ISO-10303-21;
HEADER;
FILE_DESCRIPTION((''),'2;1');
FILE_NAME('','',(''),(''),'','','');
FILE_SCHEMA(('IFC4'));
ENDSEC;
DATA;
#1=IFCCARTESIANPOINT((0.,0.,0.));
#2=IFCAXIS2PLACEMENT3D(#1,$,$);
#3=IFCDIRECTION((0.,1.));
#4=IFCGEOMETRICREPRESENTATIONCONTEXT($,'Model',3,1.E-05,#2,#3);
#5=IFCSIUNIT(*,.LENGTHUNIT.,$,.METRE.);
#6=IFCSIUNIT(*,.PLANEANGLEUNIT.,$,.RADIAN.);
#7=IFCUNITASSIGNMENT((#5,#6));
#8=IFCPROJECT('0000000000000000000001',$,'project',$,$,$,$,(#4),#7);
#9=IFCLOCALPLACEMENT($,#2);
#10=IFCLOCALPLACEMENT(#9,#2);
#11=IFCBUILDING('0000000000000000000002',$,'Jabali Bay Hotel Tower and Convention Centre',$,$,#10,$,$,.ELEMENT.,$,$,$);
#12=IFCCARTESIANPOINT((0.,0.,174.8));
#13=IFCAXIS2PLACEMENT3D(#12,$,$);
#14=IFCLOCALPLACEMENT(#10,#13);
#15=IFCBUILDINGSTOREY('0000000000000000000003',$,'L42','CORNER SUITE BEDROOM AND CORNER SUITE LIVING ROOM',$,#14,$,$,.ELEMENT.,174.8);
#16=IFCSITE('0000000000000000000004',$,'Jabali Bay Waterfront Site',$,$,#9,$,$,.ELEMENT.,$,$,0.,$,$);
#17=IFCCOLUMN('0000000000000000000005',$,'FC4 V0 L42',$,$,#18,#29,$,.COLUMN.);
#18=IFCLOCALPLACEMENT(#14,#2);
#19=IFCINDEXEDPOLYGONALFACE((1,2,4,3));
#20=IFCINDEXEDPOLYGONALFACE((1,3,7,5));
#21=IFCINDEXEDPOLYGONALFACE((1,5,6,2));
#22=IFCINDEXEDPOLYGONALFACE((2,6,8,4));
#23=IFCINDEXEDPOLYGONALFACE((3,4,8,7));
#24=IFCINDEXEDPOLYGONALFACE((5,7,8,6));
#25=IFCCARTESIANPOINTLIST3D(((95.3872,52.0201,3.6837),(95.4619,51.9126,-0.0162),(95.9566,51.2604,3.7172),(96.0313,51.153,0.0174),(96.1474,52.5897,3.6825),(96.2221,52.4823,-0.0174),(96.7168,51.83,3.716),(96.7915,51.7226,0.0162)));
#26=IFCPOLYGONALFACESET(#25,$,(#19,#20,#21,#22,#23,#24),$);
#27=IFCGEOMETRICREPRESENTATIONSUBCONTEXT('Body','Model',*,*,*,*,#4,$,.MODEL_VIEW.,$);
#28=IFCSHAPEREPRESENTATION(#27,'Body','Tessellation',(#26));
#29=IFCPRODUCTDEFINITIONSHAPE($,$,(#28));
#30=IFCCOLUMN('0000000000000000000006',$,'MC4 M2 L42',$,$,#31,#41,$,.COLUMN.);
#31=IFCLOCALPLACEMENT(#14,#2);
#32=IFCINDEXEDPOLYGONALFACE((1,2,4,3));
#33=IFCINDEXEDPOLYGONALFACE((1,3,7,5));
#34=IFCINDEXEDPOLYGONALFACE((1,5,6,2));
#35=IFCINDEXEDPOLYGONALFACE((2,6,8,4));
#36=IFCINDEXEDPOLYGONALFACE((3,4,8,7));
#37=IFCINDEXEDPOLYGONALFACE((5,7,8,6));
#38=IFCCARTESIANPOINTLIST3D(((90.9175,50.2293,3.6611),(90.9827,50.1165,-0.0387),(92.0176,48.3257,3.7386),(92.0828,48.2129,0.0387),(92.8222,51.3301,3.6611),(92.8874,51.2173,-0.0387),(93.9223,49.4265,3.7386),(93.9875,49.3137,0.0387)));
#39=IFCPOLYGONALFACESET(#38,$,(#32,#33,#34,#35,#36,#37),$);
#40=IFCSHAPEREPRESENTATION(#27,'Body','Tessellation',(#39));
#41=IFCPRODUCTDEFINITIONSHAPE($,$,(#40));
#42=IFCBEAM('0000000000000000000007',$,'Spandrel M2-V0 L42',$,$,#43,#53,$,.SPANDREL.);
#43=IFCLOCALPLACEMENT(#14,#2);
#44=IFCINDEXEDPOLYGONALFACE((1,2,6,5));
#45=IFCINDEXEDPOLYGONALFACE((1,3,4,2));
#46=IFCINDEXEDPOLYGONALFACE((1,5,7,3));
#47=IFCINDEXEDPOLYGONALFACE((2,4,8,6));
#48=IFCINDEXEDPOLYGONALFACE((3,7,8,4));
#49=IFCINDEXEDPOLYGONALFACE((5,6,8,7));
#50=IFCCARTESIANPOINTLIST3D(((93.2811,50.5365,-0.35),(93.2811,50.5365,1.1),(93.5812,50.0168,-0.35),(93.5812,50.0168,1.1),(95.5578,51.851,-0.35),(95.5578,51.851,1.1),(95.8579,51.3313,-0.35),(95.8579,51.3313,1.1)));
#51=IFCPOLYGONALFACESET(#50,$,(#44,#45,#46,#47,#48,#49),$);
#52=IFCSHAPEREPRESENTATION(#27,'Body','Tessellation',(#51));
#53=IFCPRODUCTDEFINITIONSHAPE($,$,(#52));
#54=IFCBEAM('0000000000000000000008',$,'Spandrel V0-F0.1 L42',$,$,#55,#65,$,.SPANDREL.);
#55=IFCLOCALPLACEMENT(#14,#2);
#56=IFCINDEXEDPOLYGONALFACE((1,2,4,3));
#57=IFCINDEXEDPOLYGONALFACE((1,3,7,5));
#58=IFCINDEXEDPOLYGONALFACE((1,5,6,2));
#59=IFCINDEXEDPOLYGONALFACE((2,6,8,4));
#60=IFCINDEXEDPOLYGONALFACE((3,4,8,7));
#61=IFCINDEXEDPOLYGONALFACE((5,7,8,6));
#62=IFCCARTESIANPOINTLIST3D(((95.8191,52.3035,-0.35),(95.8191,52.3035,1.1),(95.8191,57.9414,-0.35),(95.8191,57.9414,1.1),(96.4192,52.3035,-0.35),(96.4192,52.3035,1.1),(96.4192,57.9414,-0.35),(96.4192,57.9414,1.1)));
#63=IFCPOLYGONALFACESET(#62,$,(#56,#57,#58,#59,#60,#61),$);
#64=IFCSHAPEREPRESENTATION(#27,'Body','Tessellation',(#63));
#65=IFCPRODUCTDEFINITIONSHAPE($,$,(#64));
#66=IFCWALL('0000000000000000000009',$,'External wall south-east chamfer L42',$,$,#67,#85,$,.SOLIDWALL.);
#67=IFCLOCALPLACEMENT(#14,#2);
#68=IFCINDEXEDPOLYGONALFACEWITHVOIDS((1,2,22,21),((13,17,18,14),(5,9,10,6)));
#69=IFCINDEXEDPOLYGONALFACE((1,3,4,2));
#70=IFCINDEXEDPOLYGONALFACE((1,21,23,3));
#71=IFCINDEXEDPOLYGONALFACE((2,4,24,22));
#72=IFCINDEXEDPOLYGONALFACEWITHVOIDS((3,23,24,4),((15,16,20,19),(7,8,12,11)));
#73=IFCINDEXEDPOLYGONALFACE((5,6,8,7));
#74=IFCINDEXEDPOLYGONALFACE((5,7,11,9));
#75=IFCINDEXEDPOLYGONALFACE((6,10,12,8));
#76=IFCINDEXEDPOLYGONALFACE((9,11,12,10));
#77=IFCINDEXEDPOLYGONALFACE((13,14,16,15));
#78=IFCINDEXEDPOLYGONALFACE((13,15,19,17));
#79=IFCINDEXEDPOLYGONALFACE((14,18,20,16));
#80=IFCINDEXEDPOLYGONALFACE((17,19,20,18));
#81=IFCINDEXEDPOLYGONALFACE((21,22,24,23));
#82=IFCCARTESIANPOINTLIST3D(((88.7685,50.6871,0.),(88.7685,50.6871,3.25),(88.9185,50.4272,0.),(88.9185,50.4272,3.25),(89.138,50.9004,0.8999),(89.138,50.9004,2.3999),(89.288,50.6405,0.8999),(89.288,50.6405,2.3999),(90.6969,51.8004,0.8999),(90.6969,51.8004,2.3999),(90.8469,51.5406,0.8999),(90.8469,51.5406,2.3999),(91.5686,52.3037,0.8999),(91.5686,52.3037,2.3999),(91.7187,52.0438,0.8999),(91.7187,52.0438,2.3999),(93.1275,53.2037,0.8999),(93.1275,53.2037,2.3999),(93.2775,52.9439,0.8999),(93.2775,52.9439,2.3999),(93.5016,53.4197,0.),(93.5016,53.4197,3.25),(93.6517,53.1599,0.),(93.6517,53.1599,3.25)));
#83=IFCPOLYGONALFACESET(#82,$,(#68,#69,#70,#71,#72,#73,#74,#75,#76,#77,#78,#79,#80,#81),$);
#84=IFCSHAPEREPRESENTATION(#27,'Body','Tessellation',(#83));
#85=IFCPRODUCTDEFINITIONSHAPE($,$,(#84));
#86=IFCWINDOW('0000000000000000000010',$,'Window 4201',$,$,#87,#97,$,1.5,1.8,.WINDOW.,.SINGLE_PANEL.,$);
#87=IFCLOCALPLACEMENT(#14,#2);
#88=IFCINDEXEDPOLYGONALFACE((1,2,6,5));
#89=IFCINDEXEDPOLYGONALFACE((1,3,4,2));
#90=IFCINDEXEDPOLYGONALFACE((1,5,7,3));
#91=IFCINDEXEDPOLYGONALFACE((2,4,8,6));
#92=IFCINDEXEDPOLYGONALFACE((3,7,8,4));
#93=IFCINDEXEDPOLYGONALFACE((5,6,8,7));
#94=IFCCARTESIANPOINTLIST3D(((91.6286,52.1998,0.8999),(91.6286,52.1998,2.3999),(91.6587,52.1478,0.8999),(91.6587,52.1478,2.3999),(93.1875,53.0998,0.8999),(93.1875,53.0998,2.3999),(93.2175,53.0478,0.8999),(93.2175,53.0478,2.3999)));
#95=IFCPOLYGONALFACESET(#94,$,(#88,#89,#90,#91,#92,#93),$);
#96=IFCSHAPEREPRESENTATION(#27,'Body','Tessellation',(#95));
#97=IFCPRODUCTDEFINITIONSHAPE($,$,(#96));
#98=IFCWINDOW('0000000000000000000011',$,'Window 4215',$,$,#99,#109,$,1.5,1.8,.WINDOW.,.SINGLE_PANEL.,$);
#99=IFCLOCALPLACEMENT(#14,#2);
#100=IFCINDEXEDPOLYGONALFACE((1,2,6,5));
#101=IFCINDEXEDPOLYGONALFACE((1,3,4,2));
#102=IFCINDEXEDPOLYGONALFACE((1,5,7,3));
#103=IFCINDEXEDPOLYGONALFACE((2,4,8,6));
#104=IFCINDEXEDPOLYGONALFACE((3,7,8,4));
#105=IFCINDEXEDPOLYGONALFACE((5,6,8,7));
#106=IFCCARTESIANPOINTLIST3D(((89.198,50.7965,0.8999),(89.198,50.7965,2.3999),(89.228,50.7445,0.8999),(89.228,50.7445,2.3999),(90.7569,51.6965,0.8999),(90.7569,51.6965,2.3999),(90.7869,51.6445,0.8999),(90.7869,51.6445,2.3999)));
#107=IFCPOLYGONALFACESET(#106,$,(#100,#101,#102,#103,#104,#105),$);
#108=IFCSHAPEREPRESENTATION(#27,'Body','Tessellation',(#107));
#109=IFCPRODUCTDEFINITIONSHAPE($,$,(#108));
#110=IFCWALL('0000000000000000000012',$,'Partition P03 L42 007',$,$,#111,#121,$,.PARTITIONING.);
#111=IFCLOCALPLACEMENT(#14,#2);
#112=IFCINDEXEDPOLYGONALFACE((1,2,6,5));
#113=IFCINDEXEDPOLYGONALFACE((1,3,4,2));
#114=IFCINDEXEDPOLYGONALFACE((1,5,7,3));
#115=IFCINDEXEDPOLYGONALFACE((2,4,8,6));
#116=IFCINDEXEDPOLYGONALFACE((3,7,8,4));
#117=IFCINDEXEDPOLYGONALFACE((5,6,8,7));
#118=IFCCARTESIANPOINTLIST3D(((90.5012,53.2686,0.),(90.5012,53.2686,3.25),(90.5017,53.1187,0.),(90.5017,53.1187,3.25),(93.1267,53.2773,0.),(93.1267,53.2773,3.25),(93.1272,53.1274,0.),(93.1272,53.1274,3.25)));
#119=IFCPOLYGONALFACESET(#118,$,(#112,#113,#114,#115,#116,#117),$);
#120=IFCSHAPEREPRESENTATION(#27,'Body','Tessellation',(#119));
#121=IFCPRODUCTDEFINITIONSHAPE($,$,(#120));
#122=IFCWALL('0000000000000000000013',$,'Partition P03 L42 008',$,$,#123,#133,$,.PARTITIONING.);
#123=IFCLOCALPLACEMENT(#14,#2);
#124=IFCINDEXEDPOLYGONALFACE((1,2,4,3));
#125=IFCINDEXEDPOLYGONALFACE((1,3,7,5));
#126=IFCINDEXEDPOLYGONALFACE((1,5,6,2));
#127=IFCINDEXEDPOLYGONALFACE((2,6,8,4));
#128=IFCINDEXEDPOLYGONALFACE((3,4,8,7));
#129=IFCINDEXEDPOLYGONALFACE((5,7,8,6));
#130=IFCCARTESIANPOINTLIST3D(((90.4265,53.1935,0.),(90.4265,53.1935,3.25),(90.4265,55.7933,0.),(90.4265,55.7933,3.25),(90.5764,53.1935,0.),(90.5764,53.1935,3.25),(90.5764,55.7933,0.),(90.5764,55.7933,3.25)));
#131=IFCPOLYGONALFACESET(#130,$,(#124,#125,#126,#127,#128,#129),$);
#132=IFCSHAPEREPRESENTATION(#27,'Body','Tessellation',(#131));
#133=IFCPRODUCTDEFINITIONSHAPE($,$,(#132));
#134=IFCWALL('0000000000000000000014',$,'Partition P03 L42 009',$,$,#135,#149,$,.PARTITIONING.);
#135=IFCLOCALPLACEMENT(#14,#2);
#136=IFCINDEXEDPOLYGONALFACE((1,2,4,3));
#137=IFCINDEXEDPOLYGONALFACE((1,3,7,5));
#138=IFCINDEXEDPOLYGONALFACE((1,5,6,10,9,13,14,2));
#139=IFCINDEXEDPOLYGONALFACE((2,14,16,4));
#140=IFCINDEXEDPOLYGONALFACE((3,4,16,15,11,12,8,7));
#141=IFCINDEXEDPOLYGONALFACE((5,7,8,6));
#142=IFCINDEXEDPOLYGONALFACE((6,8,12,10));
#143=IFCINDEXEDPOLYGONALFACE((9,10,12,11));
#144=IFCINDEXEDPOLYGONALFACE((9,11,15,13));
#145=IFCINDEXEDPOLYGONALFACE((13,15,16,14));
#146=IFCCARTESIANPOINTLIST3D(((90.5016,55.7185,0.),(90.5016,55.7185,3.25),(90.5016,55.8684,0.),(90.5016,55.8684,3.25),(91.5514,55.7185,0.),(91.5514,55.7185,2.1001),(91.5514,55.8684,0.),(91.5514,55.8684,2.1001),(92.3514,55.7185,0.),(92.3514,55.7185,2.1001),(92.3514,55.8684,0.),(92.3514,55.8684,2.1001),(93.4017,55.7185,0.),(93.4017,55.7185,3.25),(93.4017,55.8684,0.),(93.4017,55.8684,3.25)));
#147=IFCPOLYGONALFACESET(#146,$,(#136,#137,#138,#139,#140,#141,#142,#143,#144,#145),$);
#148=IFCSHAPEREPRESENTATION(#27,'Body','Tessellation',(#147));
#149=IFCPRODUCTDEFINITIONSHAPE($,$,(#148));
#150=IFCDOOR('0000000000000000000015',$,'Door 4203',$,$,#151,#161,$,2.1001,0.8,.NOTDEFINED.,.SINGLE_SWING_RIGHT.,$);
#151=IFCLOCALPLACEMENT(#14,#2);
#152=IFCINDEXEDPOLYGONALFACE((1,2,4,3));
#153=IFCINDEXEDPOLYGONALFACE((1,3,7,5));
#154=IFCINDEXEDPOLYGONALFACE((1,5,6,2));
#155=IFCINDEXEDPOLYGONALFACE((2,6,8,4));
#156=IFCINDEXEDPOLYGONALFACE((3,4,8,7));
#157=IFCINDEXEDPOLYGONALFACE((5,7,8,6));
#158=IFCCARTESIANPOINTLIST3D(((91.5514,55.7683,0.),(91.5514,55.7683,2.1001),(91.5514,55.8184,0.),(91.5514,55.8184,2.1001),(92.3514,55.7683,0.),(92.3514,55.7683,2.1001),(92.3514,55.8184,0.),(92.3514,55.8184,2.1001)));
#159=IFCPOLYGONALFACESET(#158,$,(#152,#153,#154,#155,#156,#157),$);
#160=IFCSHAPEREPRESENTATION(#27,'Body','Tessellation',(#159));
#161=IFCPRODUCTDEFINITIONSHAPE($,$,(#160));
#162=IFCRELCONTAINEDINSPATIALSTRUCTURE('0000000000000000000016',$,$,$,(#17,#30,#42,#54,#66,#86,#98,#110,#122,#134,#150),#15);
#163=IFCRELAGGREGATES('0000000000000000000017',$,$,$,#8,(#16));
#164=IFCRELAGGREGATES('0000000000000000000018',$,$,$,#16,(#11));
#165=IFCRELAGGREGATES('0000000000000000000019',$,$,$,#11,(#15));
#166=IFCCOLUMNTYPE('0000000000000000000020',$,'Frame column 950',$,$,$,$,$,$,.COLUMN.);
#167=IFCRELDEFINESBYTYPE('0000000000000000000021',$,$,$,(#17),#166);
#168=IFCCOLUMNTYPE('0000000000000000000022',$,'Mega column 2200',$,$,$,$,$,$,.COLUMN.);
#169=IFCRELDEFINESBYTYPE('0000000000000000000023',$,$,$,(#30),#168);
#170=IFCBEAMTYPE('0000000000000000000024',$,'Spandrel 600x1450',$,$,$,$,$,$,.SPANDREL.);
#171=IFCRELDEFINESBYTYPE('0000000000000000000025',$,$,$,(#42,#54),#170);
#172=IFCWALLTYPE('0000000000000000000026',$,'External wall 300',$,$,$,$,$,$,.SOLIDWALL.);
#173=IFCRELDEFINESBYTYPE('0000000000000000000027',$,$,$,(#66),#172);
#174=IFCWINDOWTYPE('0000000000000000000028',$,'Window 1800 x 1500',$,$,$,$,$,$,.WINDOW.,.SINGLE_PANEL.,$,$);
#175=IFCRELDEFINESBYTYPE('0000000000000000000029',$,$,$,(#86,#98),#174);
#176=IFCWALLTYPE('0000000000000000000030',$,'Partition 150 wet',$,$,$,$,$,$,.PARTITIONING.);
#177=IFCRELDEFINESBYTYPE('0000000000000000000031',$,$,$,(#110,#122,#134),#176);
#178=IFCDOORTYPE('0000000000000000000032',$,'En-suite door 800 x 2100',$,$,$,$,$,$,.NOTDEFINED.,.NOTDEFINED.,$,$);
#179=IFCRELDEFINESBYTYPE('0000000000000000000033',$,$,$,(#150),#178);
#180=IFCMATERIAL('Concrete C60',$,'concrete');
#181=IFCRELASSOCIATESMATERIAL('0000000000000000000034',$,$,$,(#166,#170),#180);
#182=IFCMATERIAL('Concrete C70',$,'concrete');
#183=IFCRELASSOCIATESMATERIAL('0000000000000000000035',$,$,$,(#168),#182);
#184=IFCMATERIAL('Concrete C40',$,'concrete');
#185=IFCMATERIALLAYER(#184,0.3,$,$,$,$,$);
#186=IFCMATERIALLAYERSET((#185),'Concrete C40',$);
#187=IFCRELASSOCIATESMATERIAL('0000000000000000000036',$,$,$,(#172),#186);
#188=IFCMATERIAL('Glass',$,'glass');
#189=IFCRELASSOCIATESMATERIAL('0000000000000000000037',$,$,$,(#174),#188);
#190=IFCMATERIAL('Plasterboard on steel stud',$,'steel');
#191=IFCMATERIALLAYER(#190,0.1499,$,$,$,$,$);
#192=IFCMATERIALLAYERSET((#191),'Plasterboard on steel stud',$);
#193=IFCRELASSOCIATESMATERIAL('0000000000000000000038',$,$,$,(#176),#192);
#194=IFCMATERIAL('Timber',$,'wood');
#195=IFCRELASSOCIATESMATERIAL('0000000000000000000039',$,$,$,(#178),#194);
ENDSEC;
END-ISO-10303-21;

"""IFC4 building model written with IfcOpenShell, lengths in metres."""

from ifc_helpers import new_model, si_unit, direction, frame, frame_2d, origin, origin_2d, place, context, subcontext, project, spatial, rectangle, extrude, material, layer, layer_set, material_profile, profile_set, type_object, element, fill, save


model = new_model("IFC4")

# Units and contexts
model_context = context("Model", 3, precision=1e-05, world=origin(), true_north=direction((0.0, 1.0)))
body_context = subcontext(model_context, "Body", "Model", "MODEL_VIEW")
ifc_project = project(units=[si_unit("LENGTHUNIT", "METRE"), si_unit("PLANEANGLEUNIT", "RADIAN")], contexts=[model_context])

# Site, building, storey
site_placement = place(None, origin())
site = spatial("IfcSite", under=ifc_project, at=site_placement, Name="Jabali Bay Waterfront Site", CompositionType="ELEMENT", RefElevation=0.0)
building_placement = place(site_placement, origin())
building = spatial("IfcBuilding", under=site, at=building_placement, Name="Jabali Bay Hotel Tower and Convention Centre", CompositionType="ELEMENT")
storey_placement = place(building_placement, frame((0.0, 0.0, 174.8)))
storey = spatial("IfcBuildingStorey", under=building, at=storey_placement, Name="L42", Description="CORNER SUITE BEDROOM AND CORNER SUITE LIVING ROOM", CompositionType="ELEMENT", Elevation=174.8)

# Columns
ifc_material_1 = material(Name="Concrete C60", Category="concrete")
ifc_material_profile_1 = material_profile(ifc_material_1, rectangle(XDim=0.95, YDim=0.95, at=origin_2d()), Name="Frame column 950")
ifc_profile_set_1 = profile_set([ifc_material_profile_1], Name="Concrete C60")
column_type_1 = type_object("IfcColumnType", Name="Frame column 950", PredefinedType="COLUMN", material=ifc_profile_set_1)
column_1_placement = place(storey_placement, frame((96.1267, 51.8176, 0.0), z_axis=(-0.020179, 0.029015, 0.999375), x_axis=(-0.800247, -0.59967, 0.001252)))
element("IfcColumn", 1, at=column_1_placement, inside=storey, type_object=column_type_1, Name="FC4 V0 L42", PredefinedType="COLUMN", context=body_context, shape_type="SweptSolid", body=[
    extrude(rectangle(XDim=0.95, YDim=0.95, at=origin_2d()), origin(), (0.0, 0.0, 1.0), 3.7021),
])
ifc_material_2 = material(Name="Concrete C70", Category="concrete")
ifc_material_profile_2 = material_profile(ifc_material_2, rectangle(XDim=2.2, YDim=2.2, at=origin_2d()), Name="Mega column 2200")
ifc_profile_set_2 = profile_set([ifc_material_profile_2], Name="Concrete C70")
column_type_2 = type_object("IfcColumnType", Name="Mega column 2200", PredefinedType="COLUMN", material=ifc_profile_set_2)
column_2_placement = place(storey_placement, frame((92.4851, 49.7151, 0.0), z_axis=(-0.017607, 0.030466, 0.999381), x_axis=(0.500061, -0.865275, 0.035188)))
element("IfcColumn", 2, at=column_2_placement, inside=storey, type_object=column_type_2, Name="MC4 M2 L42", PredefinedType="COLUMN", context=body_context, shape_type="SweptSolid", body=[
    extrude(rectangle(XDim=2.2, YDim=2.2, at=origin_2d()), origin(), (0.0, 0.0, 1.0), 3.7021),
])

# Beams
ifc_material_profile_3 = material_profile(ifc_material_1, rectangle(XDim=0.6001, YDim=1.45, at=origin_2d()), Name="Spandrel 600x1450")
ifc_profile_set_3 = profile_set([ifc_material_profile_3], Name="Concrete C60")
beam_type = type_object("IfcBeamType", Name="Spandrel 600x1450", PredefinedType="SPANDREL", material=ifc_profile_set_3)
beam_1_placement = place(storey_placement, frame((93.4312, 50.2766, 0.375), z_axis=(0.866017, 0.500015, 0.0), x_axis=(-0.500015, 0.866017, 0.0)))
element("IfcBeam", 3, at=beam_1_placement, inside=storey, type_object=beam_type, Name="Spandrel M2-V0 L42", PredefinedType="SPANDREL", context=body_context, shape_type="SweptSolid", body=[
    extrude(rectangle(XDim=0.6001, YDim=1.45, at=origin_2d()), origin(), (0.0, 0.0, 1.0), 2.6289),
])
beam_2_placement = place(storey_placement, frame((96.1191, 52.3035, 0.375), z_axis=(0.0, 1.0, 0.0), x_axis=(-1.0, 0.0, 0.0)))
element("IfcBeam", 4, at=beam_2_placement, inside=storey, type_object=beam_type, Name="Spandrel V0-F0.1 L42", PredefinedType="SPANDREL", context=body_context, shape_type="SweptSolid", body=[
    extrude(rectangle(XDim=0.6001, YDim=1.45, at=origin_2d()), origin(), (0.0, 0.0, 1.0), 5.6379),
])

# Wall, openings, windows
ifc_material_3 = material(Name="Concrete C40", Category="concrete")
ifc_layer_1 = layer(ifc_material_3, 0.3)
ifc_layer_set_1 = layer_set([ifc_layer_1], Name="Concrete C40")
wall_type_1 = type_object("IfcWallType", Name="External wall 300", PredefinedType="SOLIDWALL", material=ifc_layer_set_1)
wall_1_placement = place(storey_placement, frame((93.5767, 53.2898, 0.0), z_axis=(0.0, 0.0, 1.0), x_axis=(-0.866027, -0.499997, 0.0)))
wall_1 = element("IfcWall", 5, at=wall_1_placement, inside=storey, type_object=wall_type_1, Name="External wall south-east chamfer L42", PredefinedType="SOLIDWALL", context=body_context, shape_type="SweptSolid", body=[
    extrude(rectangle(XDim=5.4653, YDim=0.3, at=frame_2d((2.7327, 0.0))), origin(), (0.0, 0.0, 1.0), 3.25),
])
opening_1_placement = place(wall_1_placement, frame((0.4321, 0.0, 0.8999)))
opening_1 = element("IfcOpeningElement", 6, at=opening_1_placement, cuts=wall_1, PredefinedType="OPENING", context=body_context, shape_type="SweptSolid", body=[
    extrude(rectangle(XDim=1.8, YDim=1.5, at=frame_2d((0.8999, 0.75))), frame((0.0, 0.1606, 0.0), z_axis=(0.0, -1.0, 0.0), x_axis=(1.0, 0.0, 0.0)), (0.0, 0.0, 1.0), 0.321),
])
opening_2_placement = place(wall_1_placement, frame((3.2388, 0.0, 0.8999)))
opening_2 = element("IfcOpeningElement", 7, at=opening_2_placement, cuts=wall_1, PredefinedType="OPENING", context=body_context, shape_type="SweptSolid", body=[
    extrude(rectangle(XDim=1.8, YDim=1.5, at=frame_2d((0.8999, 0.75))), frame((0.0, 0.1606, 0.0), z_axis=(0.0, -1.0, 0.0), x_axis=(1.0, 0.0, 0.0)), (0.0, 0.0, 1.0), 0.321),
])
ifc_material_4 = material(Name="Glass", Category="glass")
window_type = type_object("IfcWindowType", Name="Window 1800 x 1500", PartitioningType="SINGLE_PANEL", PredefinedType="WINDOW", material=ifc_material_4)
window_1_placement = place(opening_1_placement, origin())
window_1 = element("IfcWindow", 8, at=window_1_placement, inside=storey, type_object=window_type, Name="Window 4201", OverallHeight=1.5, OverallWidth=1.8, PartitioningType="SINGLE_PANEL", PredefinedType="WINDOW", context=body_context, shape_type="SweptSolid", body=[
    extrude(rectangle(XDim=1.8, YDim=1.5, at=frame_2d((0.8999, 0.75))), frame((0.0, 0.03, 0.0), z_axis=(0.0, -1.0, 0.0), x_axis=(1.0, 0.0, 0.0)), (0.0, 0.0, 1.0), 0.0601),
])
fill(opening_1, window_1)
window_2_placement = place(opening_2_placement, origin())
window_2 = element("IfcWindow", 9, at=window_2_placement, inside=storey, type_object=window_type, Name="Window 4215", OverallHeight=1.5, OverallWidth=1.8, PartitioningType="SINGLE_PANEL", PredefinedType="WINDOW", context=body_context, shape_type="SweptSolid", body=[
    extrude(rectangle(XDim=1.8, YDim=1.5, at=frame_2d((0.8999, 0.75))), frame((0.0, 0.03, 0.0), z_axis=(0.0, -1.0, 0.0), x_axis=(1.0, 0.0, 0.0)), (0.0, 0.0, 1.0), 0.0601),
])
fill(opening_2, window_2)

# Walls
ifc_material_5 = material(Name="Plasterboard on steel stud", Category="steel")
ifc_layer_2 = layer(ifc_material_5, 0.1499)
ifc_layer_set_2 = layer_set([ifc_layer_2], Name="Plasterboard on steel stud")
wall_type_2 = type_object("IfcWallType", Name="Partition 150 wet", PredefinedType="PARTITIONING", material=ifc_layer_set_2)
wall_2_placement = place(storey_placement, frame((93.127, 53.2024, 0.0), z_axis=(0.0, 0.0, 1.0), x_axis=(-0.999994, -0.003348, 0.0)))
element("IfcWall", 10, at=wall_2_placement, inside=storey, type_object=wall_type_2, Name="Partition P03 L42 007", PredefinedType="PARTITIONING", context=body_context, shape_type="SweptSolid", body=[
    extrude(rectangle(XDim=2.6255, YDim=0.1499, at=frame_2d((1.3127, 0.0))), origin(), (0.0, 0.0, 1.0), 3.25),
])
wall_3_placement = place(storey_placement, frame((90.5015, 53.1936, 0.0), z_axis=(0.0, 0.0, 1.0), x_axis=(0.0, 1.0, 0.0)))
element("IfcWall", 11, at=wall_3_placement, inside=storey, type_object=wall_type_2, Name="Partition P03 L42 008", PredefinedType="PARTITIONING", context=body_context, shape_type="SweptSolid", body=[
    extrude(rectangle(XDim=2.5999, YDim=0.1499, at=frame_2d((1.2998, 0.0))), origin(), (0.0, 0.0, 1.0), 3.25),
])

# Wall, opening, door
wall_4_placement = place(storey_placement, frame((90.5015, 55.7935, 0.0), z_axis=(0.0, 0.0, 1.0), x_axis=(1.0, 0.0, 0.0)))
wall_4 = element("IfcWall", 12, at=wall_4_placement, inside=storey, type_object=wall_type_2, Name="Partition P03 L42 009", PredefinedType="PARTITIONING", context=body_context, shape_type="SweptSolid", body=[
    extrude(rectangle(XDim=2.9001, YDim=0.1499, at=frame_2d((1.4502, 0.0))), origin(), (0.0, 0.0, 1.0), 3.25),
])
opening_3_placement = place(wall_4_placement, frame((1.05, 0.0, 0.0)))
opening_3 = element("IfcOpeningElement", 13, at=opening_3_placement, cuts=wall_4, PredefinedType="OPENING", context=body_context, shape_type="SweptSolid", body=[
    extrude(rectangle(XDim=0.8, YDim=2.1001, at=frame_2d((0.3999, 1.05))), frame((0.0, 0.0854, 0.0), z_axis=(0.0, -1.0, 0.0), x_axis=(1.0, 0.0, 0.0)), (0.0, 0.0, 1.0), 0.1709),
])
ifc_material_6 = material(Name="Timber", Category="wood")
door_type = type_object("IfcDoorType", Name="En-suite door 800 x 2100", OperationType="NOTDEFINED", PredefinedType="NOTDEFINED", material=ifc_material_6)
door_placement = place(opening_3_placement, origin())
door = element("IfcDoor", 14, at=door_placement, inside=storey, type_object=door_type, Name="Door 4203", OperationType="SINGLE_SWING_RIGHT", OverallHeight=2.1001, OverallWidth=0.8, PredefinedType="NOTDEFINED", context=body_context, shape_type="SweptSolid", body=[
    extrude(rectangle(XDim=0.8, YDim=2.1001, at=frame_2d((0.3999, 1.05))), frame((0.0, 0.0249, 0.0), z_axis=(0.0, -1.0, 0.0), x_axis=(1.0, 0.0, 0.0)), (0.0, 0.0, 1.0), 0.05),
])
fill(opening_3, door)

save(model, "model.ifc")
